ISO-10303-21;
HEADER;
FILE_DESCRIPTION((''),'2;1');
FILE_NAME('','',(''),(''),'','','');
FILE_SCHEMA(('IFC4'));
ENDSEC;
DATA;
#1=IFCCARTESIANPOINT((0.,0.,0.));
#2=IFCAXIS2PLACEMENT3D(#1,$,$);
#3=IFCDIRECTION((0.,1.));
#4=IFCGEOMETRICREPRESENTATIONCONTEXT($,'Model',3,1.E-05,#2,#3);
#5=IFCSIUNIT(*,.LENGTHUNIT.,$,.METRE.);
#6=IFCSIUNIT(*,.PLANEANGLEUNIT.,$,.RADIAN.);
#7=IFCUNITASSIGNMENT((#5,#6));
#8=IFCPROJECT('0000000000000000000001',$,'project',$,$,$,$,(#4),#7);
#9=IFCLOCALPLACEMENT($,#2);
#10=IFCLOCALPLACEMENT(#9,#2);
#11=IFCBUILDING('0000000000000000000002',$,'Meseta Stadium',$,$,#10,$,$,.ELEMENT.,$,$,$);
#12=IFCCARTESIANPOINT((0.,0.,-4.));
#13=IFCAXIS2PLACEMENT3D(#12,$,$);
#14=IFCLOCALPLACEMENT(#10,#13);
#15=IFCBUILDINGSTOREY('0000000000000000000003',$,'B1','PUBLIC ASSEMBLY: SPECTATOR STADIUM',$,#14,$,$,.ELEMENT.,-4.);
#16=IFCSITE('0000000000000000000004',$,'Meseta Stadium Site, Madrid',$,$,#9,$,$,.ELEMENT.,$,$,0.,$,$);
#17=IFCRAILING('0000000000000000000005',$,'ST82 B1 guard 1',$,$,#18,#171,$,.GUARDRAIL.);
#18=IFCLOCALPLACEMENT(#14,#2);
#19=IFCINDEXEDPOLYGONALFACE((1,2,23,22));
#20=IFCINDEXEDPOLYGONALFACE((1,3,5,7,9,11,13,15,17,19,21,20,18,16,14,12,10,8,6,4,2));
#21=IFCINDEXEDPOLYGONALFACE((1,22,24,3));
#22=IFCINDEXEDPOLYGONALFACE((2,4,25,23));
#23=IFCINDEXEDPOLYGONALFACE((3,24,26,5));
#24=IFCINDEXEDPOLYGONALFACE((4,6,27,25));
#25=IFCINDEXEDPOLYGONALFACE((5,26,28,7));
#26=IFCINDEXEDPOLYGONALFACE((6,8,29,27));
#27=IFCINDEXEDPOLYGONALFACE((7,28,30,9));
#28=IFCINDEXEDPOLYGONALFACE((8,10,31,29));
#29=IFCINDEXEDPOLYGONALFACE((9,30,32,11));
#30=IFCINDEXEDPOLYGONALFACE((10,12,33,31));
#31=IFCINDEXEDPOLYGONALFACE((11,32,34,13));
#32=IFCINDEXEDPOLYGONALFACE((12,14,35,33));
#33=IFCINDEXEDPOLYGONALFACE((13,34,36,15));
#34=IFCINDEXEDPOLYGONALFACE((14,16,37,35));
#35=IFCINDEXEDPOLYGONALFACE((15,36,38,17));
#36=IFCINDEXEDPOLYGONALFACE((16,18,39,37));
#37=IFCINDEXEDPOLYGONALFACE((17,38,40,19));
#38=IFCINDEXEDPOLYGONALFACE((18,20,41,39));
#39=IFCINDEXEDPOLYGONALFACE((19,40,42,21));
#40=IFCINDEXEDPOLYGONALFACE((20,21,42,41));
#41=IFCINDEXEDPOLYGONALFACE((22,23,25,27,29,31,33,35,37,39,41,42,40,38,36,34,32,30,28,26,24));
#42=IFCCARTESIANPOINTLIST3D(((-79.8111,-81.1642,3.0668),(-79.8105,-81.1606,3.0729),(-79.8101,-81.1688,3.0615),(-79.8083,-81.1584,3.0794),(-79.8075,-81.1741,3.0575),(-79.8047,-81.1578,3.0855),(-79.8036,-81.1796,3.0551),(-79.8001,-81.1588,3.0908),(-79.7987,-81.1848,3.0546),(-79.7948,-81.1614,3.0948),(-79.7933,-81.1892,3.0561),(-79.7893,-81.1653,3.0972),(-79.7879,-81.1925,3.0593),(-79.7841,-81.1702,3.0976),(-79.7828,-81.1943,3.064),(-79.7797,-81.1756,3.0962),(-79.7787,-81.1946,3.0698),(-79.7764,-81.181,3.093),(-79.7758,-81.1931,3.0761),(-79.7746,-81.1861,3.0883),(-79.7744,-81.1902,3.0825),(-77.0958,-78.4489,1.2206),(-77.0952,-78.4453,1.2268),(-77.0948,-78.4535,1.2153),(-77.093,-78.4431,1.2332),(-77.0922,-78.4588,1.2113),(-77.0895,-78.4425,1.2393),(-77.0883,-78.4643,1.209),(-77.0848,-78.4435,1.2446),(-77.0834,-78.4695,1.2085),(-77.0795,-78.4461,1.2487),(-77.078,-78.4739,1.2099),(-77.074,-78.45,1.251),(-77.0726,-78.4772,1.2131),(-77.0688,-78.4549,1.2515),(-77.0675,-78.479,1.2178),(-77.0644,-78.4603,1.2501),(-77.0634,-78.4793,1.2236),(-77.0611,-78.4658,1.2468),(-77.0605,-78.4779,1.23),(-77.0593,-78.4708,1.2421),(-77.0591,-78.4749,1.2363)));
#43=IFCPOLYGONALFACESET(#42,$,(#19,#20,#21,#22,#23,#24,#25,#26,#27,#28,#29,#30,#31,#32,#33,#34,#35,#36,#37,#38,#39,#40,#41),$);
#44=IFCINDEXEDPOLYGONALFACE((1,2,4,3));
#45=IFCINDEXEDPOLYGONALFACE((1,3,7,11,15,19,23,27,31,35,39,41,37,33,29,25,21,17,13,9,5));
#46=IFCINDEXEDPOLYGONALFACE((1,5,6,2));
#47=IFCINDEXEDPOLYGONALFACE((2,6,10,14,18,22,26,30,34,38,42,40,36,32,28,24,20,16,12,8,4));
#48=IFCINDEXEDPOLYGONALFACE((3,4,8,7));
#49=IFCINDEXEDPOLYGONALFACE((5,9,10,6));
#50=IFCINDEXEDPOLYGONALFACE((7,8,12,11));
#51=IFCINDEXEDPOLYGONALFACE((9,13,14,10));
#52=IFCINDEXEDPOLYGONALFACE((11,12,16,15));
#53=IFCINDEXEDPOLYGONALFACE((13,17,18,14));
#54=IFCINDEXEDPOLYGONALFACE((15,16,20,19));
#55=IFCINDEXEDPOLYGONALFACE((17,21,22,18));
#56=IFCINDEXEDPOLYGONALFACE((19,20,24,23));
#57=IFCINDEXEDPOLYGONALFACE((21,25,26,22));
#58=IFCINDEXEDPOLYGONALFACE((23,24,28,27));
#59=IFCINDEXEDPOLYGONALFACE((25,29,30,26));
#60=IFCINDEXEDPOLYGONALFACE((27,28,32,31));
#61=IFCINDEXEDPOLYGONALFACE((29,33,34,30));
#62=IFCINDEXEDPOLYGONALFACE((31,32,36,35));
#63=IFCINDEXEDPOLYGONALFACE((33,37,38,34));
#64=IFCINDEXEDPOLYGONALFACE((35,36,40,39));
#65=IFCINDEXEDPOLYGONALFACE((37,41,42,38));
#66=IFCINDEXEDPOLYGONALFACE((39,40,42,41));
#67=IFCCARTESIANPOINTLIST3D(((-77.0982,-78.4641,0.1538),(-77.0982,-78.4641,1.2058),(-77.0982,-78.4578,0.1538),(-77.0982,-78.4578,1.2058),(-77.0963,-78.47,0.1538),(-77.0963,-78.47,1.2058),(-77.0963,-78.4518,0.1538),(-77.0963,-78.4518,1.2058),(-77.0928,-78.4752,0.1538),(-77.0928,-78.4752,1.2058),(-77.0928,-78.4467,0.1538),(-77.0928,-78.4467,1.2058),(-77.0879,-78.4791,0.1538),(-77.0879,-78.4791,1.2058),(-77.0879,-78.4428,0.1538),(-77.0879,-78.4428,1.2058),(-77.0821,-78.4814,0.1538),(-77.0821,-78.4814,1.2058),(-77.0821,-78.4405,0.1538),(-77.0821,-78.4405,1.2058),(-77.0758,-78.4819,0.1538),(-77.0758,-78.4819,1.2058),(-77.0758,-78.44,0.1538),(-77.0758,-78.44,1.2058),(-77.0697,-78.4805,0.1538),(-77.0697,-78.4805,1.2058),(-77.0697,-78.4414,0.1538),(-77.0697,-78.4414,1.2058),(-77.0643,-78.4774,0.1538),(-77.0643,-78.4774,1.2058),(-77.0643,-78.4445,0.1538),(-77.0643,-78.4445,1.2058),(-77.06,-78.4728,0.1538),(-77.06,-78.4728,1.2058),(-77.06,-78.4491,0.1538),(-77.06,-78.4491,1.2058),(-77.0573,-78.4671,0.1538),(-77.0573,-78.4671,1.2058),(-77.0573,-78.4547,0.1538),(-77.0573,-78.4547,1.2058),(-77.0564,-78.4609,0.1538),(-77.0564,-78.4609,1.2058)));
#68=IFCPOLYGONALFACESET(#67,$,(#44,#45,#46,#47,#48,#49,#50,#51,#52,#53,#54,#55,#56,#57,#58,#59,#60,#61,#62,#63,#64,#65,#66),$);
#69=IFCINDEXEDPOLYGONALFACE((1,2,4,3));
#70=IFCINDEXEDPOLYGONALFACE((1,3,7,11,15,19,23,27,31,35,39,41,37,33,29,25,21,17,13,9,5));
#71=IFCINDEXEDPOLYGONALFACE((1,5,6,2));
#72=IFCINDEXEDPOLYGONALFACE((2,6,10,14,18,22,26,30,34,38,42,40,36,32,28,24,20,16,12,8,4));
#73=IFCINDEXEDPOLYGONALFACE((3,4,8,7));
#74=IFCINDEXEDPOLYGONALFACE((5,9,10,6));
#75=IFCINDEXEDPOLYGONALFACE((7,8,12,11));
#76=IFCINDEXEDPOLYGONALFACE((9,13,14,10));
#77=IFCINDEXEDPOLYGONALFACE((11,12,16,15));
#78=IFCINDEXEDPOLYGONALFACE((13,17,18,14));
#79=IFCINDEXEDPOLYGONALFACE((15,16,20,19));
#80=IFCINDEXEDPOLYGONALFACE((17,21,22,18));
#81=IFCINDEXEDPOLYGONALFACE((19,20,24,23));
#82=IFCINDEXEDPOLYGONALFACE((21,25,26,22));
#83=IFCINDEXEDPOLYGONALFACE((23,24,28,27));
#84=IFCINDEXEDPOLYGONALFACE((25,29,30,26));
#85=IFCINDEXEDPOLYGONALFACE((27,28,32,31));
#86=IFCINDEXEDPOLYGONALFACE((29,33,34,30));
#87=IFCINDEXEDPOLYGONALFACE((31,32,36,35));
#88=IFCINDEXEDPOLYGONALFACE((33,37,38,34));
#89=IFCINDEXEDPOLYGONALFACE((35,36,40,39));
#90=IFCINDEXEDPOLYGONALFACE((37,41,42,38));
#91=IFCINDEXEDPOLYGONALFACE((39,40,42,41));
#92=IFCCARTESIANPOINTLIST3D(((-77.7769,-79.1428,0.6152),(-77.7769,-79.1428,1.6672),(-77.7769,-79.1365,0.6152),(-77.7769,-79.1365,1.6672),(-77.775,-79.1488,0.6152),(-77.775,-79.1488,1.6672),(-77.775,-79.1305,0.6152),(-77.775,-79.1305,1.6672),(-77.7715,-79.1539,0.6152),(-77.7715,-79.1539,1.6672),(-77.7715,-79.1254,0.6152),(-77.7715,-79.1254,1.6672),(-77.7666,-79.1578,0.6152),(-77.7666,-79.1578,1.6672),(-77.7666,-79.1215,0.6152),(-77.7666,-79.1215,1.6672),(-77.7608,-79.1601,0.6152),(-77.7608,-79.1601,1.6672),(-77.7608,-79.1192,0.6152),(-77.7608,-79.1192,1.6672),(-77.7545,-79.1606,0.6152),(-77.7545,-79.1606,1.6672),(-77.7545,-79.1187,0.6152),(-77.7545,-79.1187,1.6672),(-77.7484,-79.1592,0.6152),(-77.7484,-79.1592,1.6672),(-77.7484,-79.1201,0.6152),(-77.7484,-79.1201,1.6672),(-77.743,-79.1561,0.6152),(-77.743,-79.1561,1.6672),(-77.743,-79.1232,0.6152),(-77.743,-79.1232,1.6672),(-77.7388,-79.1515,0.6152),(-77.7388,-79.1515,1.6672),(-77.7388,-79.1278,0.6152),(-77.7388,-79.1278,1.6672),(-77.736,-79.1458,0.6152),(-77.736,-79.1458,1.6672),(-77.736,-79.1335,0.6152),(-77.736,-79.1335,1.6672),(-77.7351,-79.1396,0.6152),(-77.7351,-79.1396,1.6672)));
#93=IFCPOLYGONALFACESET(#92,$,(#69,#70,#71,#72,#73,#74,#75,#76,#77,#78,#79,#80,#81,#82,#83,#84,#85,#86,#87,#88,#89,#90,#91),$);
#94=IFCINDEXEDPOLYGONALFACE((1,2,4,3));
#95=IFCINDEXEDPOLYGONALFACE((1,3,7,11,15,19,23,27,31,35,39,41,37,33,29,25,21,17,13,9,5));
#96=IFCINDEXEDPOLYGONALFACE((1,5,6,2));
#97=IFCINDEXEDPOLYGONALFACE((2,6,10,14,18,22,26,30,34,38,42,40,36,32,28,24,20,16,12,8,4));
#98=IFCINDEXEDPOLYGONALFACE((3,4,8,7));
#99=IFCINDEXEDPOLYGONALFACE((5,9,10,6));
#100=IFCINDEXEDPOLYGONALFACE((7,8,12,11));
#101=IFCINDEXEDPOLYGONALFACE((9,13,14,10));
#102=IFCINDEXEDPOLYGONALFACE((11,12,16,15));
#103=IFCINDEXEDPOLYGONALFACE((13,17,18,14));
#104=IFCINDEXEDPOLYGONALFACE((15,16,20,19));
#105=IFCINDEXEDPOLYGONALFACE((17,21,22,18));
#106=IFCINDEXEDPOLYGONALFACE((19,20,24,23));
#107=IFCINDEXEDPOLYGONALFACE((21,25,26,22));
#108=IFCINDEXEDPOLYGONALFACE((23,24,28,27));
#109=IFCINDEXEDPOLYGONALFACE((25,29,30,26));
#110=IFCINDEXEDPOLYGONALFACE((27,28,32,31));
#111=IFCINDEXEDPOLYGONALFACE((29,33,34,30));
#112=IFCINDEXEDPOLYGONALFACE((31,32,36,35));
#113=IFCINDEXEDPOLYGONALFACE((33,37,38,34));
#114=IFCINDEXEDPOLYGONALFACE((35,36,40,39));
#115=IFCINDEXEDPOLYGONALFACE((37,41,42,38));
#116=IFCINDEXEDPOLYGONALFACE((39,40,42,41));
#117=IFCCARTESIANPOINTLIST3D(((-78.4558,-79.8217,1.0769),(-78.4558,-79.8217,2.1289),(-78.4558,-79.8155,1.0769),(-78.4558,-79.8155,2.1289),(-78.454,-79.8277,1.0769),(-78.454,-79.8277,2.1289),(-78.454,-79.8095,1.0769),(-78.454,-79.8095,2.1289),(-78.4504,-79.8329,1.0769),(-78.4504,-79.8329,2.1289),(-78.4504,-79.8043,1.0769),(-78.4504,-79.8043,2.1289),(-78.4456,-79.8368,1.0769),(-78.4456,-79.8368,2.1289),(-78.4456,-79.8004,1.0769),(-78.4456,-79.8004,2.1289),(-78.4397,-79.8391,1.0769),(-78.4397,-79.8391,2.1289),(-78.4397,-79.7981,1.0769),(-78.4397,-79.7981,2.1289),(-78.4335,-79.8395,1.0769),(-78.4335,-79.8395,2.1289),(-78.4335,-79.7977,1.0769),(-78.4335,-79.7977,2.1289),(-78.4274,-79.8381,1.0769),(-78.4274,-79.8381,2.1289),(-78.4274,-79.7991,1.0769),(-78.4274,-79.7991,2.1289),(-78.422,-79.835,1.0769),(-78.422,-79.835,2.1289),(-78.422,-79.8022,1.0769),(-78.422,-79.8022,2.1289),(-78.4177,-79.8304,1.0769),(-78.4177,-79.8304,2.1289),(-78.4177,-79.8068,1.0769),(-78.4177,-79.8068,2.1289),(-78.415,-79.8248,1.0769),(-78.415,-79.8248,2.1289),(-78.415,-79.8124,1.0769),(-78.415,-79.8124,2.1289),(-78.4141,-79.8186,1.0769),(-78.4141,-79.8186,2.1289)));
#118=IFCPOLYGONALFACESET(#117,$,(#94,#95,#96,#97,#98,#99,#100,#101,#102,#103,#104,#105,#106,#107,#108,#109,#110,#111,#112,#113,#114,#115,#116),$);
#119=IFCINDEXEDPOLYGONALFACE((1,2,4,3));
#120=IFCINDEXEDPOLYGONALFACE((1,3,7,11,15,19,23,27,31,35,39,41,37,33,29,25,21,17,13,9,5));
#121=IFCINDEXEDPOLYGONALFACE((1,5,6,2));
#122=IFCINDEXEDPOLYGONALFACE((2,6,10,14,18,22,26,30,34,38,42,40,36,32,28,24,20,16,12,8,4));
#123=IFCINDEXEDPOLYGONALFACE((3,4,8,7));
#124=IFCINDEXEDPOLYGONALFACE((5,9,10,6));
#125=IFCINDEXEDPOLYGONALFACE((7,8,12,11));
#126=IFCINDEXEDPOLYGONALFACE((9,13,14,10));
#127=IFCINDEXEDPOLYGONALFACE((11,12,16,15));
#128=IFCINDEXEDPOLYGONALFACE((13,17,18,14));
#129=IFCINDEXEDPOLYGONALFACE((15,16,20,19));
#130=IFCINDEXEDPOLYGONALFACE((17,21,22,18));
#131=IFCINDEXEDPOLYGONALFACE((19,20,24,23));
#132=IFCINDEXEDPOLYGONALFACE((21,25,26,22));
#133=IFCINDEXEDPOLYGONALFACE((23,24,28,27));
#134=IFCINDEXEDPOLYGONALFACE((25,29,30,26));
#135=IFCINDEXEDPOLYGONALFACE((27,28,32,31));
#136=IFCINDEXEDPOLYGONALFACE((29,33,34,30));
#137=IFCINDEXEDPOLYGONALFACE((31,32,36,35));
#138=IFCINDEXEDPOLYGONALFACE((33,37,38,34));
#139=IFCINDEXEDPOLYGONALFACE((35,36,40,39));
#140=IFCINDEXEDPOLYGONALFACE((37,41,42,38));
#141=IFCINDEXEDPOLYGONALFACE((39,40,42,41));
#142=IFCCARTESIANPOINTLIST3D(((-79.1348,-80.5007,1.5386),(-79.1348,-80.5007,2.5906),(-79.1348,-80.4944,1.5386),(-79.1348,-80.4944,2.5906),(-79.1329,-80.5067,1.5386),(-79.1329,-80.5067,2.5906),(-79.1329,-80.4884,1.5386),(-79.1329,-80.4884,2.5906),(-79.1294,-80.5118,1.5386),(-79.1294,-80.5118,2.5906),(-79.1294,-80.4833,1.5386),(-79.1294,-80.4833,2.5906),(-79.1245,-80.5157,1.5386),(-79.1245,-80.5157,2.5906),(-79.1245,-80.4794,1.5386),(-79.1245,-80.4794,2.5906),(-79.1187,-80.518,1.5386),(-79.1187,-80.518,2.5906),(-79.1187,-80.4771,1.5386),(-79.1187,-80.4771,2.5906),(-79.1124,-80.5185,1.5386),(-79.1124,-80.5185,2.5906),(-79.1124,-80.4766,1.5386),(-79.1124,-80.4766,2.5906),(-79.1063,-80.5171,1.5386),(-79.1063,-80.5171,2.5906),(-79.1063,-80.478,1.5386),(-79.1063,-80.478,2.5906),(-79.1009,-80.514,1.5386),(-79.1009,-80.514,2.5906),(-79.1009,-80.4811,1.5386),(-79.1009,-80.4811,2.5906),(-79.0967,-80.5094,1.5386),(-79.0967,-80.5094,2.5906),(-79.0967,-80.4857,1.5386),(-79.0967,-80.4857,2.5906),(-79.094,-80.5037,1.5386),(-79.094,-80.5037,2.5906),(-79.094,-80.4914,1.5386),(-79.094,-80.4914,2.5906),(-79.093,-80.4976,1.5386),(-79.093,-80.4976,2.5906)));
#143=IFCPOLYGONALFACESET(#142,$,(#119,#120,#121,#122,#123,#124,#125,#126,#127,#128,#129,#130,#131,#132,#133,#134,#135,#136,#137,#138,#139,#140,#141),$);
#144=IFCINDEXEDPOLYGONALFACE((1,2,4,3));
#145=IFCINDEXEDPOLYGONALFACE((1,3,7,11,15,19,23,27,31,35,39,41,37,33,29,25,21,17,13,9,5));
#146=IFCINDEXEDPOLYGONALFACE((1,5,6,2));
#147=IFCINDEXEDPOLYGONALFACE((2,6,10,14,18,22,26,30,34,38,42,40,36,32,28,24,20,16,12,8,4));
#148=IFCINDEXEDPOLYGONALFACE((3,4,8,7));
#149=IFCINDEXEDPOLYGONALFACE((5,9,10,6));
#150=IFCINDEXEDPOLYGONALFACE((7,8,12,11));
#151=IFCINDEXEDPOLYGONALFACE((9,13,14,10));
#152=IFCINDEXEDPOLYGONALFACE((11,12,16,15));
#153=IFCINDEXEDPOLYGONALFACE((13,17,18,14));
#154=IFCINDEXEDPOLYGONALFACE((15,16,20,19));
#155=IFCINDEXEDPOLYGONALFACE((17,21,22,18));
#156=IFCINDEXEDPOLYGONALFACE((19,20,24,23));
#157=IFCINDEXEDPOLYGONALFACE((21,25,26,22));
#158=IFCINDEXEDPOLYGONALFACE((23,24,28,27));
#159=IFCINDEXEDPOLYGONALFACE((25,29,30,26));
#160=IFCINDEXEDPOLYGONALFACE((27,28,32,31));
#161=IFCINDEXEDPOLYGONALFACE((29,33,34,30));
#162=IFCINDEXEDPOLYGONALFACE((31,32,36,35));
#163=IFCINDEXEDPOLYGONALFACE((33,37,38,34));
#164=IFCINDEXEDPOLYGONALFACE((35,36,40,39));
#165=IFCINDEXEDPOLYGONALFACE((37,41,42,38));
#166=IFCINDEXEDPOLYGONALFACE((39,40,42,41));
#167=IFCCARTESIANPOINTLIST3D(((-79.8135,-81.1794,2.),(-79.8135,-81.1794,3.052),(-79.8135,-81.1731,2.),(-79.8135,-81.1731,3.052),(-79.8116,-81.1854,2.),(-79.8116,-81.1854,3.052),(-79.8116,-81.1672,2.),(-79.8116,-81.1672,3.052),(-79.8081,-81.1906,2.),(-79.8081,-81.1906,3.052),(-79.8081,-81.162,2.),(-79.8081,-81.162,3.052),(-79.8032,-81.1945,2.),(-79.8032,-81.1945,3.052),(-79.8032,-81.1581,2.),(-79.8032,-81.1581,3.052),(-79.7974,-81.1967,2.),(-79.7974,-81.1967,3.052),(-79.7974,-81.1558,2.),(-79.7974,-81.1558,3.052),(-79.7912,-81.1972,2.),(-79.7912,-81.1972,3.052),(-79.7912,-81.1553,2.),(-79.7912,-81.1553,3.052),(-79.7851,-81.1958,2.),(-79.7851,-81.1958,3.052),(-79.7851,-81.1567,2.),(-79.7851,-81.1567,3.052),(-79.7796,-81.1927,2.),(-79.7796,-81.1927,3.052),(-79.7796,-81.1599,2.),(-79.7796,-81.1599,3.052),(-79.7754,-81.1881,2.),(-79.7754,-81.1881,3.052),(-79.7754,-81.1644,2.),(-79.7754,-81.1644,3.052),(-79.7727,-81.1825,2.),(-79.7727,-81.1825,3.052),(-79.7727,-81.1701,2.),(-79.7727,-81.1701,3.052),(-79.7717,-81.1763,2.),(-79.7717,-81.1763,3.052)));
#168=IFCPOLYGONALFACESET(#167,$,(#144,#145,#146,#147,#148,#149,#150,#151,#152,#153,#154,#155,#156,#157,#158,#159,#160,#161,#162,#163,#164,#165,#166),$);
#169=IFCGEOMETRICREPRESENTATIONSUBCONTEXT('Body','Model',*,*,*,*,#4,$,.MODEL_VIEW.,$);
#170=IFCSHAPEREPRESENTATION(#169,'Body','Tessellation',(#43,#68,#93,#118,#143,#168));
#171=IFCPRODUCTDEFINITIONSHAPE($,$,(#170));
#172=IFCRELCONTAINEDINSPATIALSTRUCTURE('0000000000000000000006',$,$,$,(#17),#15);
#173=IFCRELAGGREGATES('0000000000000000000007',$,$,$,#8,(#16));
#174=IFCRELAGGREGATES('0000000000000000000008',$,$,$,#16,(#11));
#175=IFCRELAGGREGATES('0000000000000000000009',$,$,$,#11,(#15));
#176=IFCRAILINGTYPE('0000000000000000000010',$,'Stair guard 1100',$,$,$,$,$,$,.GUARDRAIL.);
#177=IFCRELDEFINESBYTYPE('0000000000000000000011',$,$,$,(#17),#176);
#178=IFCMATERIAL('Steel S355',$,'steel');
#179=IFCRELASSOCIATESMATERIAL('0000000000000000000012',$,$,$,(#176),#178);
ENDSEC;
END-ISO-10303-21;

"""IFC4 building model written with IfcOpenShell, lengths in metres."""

from ifc_helpers import new_model, si_unit, direction, frame, origin, origin_2d, place, context, subcontext, project, spatial, circle, extrude, material, type_object, element, save


model = new_model("IFC4")

# Units and contexts
model_context = context("Model", 3, precision=1e-05, world=origin(), true_north=direction((0.0, 1.0)))
body_context = subcontext(model_context, "Body", "Model", "MODEL_VIEW")
ifc_project = project(units=[si_unit("LENGTHUNIT", "METRE"), si_unit("PLANEANGLEUNIT", "RADIAN")], contexts=[model_context])

# Site, building, storey
site_placement = place(None, origin())
site = spatial("IfcSite", under=ifc_project, at=site_placement, Name="Meseta Stadium Site, Madrid", CompositionType="ELEMENT", RefElevation=0.0)
building_placement = place(site_placement, origin())
building = spatial("IfcBuilding", under=site, at=building_placement, Name="Meseta Stadium", CompositionType="ELEMENT")
storey_placement = place(building_placement, frame((0.0, 0.0, -4.0)))
storey = spatial("IfcBuildingStorey", under=building, at=storey_placement, Name="B1", Description="PUBLIC ASSEMBLY: SPECTATOR STADIUM", CompositionType="ELEMENT", Elevation=-4.0)

# Railing
ifc_material_1 = material(Name="Steel S355", Category="steel")
railing_type_1 = type_object("IfcRailingType", Name="Stair guard 1100", PredefinedType="GUARDRAIL", material=ifc_material_1)
railing_1_placement = place(storey_placement, frame((-77.0774, -78.4609, 0.1538)))
element("IfcRailing", 1, at=railing_1_placement, inside=storey, type_object=railing_type_1, Name="ST82 B1 guard 1", PredefinedType="GUARDRAIL", context=body_context, shape_type="SweptSolid", body=[
    extrude(circle(Radius=0.0239, at=origin_2d()), frame((0.0, 0.0, 1.0762), z_axis=(-0.637281, -0.637281, 0.433296), x_axis=(0.707107, -0.707107, 0.0)), (0.0, 0.0, 1.0), 4.2607),
    extrude(circle(Radius=0.021, at=origin_2d()), origin(), (0.0, 0.0, 1.0), 1.052),
    extrude(circle(Radius=0.021, at=origin_2d()), frame((-0.6787, -0.6787, 0.4614)), (0.0, 0.0, 1.0), 1.052),
    extrude(circle(Radius=0.021, at=origin_2d()), frame((-1.3577, -1.3577, 0.9231)), (0.0, 0.0, 1.0), 1.052),
    extrude(circle(Radius=0.021, at=origin_2d()), frame((-2.0366, -2.0366, 1.3848)), (0.0, 0.0, 1.0), 1.052),
    extrude(circle(Radius=0.021, at=origin_2d()), frame((-2.7153, -2.7153, 1.8462)), (0.0, 0.0, 1.0), 1.052),
])

save(model, "model.ifc")
